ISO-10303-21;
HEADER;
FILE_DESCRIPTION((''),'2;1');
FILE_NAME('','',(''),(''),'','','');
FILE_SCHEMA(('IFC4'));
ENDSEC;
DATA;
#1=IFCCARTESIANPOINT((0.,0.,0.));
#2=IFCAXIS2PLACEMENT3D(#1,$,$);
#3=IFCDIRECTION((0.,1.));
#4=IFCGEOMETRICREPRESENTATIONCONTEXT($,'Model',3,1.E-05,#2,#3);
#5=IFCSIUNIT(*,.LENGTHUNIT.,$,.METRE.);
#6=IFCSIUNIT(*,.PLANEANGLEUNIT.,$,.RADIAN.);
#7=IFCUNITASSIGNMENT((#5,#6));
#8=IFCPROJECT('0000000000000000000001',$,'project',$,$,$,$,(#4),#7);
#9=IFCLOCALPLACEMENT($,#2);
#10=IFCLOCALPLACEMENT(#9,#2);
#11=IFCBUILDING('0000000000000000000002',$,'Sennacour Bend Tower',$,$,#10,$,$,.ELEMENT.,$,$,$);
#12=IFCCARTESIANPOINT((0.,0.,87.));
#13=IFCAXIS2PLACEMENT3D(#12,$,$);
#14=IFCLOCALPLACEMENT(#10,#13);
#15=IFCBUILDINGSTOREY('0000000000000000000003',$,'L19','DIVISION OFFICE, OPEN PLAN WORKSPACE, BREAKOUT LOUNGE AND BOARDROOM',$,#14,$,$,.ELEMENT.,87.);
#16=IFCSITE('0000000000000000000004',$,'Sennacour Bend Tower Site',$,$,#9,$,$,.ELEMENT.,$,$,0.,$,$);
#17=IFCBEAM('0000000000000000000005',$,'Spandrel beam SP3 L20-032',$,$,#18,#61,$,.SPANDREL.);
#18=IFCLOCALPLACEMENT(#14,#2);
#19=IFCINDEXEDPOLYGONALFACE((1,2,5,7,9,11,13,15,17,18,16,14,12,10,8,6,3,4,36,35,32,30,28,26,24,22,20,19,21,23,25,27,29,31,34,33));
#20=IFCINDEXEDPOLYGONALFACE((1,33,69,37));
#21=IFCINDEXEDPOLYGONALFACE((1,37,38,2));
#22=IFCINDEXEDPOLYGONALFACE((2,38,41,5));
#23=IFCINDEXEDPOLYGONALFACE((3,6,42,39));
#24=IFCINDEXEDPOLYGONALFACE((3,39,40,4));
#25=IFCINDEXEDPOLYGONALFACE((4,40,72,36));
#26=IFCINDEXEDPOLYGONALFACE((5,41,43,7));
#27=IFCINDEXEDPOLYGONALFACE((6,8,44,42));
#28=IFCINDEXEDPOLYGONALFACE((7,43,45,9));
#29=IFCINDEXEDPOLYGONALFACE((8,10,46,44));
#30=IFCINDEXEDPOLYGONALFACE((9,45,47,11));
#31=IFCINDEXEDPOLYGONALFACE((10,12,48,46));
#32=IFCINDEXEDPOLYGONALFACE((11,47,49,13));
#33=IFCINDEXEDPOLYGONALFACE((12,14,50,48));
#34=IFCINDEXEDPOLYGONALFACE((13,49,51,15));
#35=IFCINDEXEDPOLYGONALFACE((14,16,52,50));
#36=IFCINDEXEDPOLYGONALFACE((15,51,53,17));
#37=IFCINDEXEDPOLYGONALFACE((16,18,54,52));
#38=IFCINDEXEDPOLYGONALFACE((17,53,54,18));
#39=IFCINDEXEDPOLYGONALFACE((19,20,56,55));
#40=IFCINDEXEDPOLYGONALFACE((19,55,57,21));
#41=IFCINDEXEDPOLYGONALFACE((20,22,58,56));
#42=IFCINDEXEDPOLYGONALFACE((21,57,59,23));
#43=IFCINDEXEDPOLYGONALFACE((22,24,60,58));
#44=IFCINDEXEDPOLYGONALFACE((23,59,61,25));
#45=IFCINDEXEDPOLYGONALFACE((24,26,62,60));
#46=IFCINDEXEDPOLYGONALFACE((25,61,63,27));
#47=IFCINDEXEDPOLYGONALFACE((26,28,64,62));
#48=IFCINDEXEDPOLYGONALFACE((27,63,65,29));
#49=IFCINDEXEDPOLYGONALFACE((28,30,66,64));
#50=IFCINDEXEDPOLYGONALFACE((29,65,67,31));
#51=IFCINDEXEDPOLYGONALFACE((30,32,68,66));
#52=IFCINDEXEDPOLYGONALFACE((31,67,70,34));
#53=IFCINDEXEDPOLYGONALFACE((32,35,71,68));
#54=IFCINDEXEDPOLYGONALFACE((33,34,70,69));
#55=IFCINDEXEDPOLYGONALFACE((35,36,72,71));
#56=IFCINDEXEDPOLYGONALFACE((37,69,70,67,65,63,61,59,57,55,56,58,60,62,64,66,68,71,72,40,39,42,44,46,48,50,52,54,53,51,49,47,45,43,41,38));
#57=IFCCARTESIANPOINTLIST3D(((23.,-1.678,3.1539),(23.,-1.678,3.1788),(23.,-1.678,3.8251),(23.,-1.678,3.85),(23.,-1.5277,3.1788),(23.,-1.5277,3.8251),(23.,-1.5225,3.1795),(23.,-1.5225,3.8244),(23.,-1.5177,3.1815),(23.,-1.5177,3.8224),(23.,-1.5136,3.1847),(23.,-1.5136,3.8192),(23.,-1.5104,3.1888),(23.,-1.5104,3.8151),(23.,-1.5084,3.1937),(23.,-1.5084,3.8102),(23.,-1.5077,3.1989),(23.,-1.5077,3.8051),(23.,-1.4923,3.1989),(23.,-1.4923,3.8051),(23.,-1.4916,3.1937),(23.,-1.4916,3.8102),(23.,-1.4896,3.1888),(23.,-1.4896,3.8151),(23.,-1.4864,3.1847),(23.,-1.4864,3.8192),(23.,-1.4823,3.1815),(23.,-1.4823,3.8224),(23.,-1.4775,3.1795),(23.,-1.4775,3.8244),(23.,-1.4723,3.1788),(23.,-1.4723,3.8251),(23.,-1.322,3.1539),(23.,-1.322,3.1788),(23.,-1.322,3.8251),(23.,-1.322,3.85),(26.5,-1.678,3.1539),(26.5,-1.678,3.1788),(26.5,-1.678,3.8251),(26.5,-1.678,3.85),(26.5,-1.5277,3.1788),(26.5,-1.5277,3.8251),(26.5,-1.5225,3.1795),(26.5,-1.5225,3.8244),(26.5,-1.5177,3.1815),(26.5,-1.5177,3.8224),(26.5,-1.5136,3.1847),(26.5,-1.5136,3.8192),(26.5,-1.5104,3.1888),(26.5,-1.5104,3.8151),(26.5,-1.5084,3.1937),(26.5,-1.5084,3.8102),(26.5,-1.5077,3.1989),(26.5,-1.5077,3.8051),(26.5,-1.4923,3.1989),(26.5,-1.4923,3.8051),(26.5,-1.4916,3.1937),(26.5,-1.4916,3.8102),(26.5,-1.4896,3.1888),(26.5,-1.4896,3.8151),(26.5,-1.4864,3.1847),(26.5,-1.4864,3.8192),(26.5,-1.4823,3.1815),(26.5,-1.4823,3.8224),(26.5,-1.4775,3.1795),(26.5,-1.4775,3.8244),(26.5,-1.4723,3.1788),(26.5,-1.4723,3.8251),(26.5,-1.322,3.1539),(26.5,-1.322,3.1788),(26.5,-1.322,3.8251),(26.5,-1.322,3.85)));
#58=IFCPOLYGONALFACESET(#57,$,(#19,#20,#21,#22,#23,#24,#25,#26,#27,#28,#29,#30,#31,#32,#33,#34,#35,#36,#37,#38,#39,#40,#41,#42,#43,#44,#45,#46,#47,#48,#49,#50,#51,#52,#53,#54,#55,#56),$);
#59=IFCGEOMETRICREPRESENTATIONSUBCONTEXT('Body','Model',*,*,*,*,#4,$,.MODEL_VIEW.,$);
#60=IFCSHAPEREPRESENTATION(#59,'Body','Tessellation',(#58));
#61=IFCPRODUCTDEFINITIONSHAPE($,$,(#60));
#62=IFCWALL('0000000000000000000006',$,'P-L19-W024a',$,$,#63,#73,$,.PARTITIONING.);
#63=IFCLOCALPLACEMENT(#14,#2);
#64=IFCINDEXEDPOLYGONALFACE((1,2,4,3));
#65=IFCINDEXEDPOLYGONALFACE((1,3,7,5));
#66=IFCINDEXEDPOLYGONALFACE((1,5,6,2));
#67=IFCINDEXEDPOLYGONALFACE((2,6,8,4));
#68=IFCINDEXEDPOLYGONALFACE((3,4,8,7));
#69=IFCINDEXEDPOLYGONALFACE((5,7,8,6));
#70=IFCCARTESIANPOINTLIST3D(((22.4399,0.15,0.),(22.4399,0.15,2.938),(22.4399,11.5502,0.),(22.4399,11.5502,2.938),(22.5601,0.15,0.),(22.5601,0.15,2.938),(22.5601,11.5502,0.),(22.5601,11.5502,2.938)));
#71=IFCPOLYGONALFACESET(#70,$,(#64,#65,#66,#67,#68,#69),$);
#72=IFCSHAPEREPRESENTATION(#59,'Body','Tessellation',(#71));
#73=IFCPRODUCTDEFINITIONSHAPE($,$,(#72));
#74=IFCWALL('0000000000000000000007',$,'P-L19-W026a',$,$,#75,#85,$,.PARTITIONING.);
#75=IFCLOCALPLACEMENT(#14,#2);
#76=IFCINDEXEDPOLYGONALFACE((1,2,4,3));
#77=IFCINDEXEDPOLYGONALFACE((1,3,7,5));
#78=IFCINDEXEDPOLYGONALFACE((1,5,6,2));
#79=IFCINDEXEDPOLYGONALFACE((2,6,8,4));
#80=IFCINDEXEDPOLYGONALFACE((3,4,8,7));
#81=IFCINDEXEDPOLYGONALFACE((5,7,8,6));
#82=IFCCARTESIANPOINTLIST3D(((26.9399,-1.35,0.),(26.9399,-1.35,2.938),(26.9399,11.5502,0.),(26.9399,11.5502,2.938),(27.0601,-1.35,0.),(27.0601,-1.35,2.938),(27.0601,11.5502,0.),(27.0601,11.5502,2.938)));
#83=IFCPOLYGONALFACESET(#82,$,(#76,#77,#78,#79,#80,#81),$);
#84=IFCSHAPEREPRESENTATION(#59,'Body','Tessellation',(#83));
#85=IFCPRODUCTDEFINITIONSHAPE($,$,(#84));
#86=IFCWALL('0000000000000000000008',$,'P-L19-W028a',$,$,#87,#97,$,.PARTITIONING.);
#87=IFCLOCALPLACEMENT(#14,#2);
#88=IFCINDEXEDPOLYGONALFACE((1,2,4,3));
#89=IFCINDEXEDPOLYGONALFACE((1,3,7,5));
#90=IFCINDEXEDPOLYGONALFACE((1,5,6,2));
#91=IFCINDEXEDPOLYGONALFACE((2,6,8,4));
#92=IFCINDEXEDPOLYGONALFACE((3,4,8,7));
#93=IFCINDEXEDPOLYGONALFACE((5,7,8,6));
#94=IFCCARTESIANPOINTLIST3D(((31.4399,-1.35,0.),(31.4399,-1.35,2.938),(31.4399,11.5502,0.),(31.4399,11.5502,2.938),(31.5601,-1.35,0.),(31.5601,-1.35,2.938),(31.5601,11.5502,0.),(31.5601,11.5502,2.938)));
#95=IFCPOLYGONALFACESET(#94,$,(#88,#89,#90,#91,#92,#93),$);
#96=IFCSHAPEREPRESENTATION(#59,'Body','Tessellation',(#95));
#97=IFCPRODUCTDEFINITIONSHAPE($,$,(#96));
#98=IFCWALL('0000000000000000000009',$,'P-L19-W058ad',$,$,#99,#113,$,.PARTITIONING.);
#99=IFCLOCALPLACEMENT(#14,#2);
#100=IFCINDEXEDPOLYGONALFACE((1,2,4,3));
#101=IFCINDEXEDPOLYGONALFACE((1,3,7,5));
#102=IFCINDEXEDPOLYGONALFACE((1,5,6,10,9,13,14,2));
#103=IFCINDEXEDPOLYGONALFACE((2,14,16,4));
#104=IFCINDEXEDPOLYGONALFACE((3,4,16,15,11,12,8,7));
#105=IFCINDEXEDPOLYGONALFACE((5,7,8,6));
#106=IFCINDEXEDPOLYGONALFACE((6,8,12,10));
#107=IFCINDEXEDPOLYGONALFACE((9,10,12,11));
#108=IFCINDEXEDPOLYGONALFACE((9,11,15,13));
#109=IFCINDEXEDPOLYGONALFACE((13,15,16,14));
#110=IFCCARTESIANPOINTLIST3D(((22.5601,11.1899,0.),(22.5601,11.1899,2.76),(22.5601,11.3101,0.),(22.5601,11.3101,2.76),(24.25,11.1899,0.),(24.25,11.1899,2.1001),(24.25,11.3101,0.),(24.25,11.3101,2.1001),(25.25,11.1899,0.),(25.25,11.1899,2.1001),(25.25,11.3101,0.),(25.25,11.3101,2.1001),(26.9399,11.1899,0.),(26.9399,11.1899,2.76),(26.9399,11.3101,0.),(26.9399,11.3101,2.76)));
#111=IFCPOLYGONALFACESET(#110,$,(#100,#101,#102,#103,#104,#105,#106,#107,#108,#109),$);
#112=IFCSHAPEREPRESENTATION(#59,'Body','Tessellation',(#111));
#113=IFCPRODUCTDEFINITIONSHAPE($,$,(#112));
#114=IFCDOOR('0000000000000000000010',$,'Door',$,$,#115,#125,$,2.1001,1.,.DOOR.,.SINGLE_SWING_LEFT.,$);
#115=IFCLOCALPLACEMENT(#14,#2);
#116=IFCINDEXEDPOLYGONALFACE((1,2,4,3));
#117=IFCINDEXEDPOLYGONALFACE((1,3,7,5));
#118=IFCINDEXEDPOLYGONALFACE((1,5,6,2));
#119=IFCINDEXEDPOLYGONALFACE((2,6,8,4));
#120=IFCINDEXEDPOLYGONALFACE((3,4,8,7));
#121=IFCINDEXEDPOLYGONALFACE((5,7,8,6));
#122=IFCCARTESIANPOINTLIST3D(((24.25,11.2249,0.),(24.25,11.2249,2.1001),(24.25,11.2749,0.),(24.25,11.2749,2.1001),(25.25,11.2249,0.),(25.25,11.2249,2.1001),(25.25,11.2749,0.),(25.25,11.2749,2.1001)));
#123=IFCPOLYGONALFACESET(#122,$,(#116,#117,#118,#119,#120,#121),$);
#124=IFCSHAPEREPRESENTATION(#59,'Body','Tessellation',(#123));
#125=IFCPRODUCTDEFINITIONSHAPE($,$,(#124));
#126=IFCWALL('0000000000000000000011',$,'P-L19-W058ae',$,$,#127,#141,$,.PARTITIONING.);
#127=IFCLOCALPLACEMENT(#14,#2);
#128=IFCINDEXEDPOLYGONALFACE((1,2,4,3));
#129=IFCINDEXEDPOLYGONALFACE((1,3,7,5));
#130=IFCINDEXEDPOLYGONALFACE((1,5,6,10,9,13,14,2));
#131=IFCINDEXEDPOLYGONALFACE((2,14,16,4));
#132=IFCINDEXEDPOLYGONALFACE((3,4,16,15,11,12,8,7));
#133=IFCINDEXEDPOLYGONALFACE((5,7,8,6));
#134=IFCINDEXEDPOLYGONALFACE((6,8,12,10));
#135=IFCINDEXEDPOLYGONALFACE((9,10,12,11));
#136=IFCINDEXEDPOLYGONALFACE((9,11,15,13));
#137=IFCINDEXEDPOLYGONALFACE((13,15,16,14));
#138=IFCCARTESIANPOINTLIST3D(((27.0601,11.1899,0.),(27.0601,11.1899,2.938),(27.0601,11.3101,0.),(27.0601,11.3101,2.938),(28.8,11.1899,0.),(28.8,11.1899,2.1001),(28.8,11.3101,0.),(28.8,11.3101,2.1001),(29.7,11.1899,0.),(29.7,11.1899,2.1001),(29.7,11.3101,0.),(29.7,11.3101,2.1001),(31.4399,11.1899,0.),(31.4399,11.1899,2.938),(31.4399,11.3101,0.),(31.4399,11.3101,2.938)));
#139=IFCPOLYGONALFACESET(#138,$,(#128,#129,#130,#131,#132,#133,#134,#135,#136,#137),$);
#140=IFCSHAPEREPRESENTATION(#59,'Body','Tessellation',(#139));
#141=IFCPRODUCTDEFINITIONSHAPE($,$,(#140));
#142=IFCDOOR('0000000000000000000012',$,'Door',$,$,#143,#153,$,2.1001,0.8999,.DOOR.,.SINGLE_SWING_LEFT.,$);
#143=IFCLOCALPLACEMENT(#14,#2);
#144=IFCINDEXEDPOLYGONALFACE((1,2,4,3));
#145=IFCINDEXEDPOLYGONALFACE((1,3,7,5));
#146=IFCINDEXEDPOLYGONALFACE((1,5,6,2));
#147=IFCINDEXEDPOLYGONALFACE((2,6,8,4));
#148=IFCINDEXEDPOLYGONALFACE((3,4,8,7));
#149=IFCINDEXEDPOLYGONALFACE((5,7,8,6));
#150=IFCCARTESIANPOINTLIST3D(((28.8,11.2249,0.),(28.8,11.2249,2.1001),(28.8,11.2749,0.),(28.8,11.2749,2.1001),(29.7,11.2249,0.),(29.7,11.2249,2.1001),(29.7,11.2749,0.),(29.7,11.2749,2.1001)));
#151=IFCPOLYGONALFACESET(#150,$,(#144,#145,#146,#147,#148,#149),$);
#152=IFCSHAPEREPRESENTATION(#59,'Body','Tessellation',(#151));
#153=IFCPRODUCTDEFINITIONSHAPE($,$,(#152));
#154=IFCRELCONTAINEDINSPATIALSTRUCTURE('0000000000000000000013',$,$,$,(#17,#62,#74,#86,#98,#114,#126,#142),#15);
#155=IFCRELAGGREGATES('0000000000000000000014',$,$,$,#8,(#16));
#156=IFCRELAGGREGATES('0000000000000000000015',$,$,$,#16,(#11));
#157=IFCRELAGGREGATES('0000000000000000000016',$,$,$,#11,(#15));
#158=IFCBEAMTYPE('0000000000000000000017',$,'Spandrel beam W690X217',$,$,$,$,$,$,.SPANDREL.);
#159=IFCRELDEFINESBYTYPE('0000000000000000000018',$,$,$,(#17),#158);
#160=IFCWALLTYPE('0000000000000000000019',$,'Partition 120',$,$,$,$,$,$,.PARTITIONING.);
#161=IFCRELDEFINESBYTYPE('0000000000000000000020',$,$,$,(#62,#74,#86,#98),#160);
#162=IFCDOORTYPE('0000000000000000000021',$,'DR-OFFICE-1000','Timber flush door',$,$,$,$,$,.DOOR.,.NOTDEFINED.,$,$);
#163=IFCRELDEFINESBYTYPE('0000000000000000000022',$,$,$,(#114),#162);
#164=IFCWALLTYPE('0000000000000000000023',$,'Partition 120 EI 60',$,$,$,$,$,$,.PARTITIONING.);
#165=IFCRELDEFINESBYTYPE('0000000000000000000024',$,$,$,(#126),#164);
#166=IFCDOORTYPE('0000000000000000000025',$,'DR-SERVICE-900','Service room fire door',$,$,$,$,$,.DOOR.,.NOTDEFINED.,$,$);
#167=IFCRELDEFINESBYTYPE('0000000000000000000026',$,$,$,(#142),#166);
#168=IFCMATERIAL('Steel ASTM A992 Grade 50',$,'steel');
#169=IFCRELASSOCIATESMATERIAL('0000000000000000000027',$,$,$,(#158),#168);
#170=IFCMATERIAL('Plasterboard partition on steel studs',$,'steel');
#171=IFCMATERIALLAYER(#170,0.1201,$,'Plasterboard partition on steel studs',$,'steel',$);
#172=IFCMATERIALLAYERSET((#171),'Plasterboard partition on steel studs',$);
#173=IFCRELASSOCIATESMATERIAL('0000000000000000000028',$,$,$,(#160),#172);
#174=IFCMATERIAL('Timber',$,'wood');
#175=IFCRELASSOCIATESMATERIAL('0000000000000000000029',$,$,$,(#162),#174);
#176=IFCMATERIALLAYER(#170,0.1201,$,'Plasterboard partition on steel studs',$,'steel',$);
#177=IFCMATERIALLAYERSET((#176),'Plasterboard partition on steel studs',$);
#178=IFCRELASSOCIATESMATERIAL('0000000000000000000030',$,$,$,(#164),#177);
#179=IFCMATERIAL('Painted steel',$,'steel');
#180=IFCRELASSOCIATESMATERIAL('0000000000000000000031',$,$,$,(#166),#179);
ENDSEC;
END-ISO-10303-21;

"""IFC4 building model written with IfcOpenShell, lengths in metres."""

from ifc_helpers import new_model, si_unit, direction, frame, frame_2d, origin, origin_2d, place, context, subcontext, project, spatial, rectangle, i_section, extrude, material, layer, layer_set, material_profile, profile_set, type_object, element, fill, save


model = new_model("IFC4")

# Units and contexts
model_context = context("Model", 3, precision=1e-05, world=origin(), true_north=direction((0.0, 1.0)))
body_context = subcontext(model_context, "Body", "Model", "MODEL_VIEW")
ifc_project = project(units=[si_unit("LENGTHUNIT", "METRE"), si_unit("PLANEANGLEUNIT", "RADIAN")], contexts=[model_context])

# Site, building, storey
site_placement = place(None, origin())
site = spatial("IfcSite", under=ifc_project, at=site_placement, Name="Sennacour Bend Tower Site", CompositionType="ELEMENT", RefElevation=0.0)
building_placement = place(site_placement, origin())
building = spatial("IfcBuilding", under=site, at=building_placement, Name="Sennacour Bend Tower", CompositionType="ELEMENT")
storey_placement = place(building_placement, frame((0.0, 0.0, 87.0)))
storey = spatial("IfcBuildingStorey", under=building, at=storey_placement, Name="L19", Description="DIVISION OFFICE, OPEN PLAN WORKSPACE, BREAKOUT LOUNGE AND BOARDROOM", CompositionType="ELEMENT", Elevation=87.0)

# Beam
ifc_material_1 = material(Name="Steel ASTM A992 Grade 50", Category="steel")
ifc_material_profile_1 = material_profile(ifc_material_1, i_section(OverallWidth=0.356, OverallDepth=0.696, WebThickness=0.0154, FlangeThickness=0.0249, FilletRadius=0.02, at=origin_2d()), Name="Steel ASTM A992 Grade 50", Category="steel")
ifc_profile_set_1 = profile_set([ifc_material_profile_1], Name="Steel ASTM A992 Grade 50")
beam_type_1 = type_object("IfcBeamType", Name="Spandrel beam W690X217", PredefinedType="SPANDREL", material=ifc_profile_set_1)
for number, where, z_axis, x_axis, name in (
    (1, (26.5, -1.5, 3.502), (-1.0, 0.0, 0.0), (0.0, -1.0, 0.0), "Spandrel beam SP3 L20-032"),
):
    element("IfcBeam", number, at=place(storey_placement, frame(where, z_axis=z_axis, x_axis=x_axis)), inside=storey, type_object=beam_type_1, Name=name, PredefinedType="SPANDREL", context=body_context, shape_type="SweptSolid", body=[
        extrude(i_section(OverallWidth=0.356, OverallDepth=0.696, WebThickness=0.0154, FlangeThickness=0.0249, FilletRadius=0.02, at=origin_2d()), origin(), (0.0, 0.0, 1.0), 3.5),
    ])

# Walls
ifc_material_2 = material(Name="Plasterboard partition on steel studs", Category="steel")
ifc_layer_1 = layer(ifc_material_2, 0.1201, Name="Plasterboard partition on steel studs", Category="steel")
ifc_layer_set_1 = layer_set([ifc_layer_1], Name="Plasterboard partition on steel studs")
wall_type_1 = type_object("IfcWallType", Name="Partition 120", PredefinedType="PARTITIONING", material=ifc_layer_set_1)
wall_1_placement = place(storey_placement, frame((22.5, 0.1499, 0.0), z_axis=(0.0, 0.0, 1.0), x_axis=(0.0, 1.0, 0.0)))
element("IfcWall", 2, at=wall_1_placement, inside=storey, type_object=wall_type_1, Name="P-L19-W024a", PredefinedType="PARTITIONING", context=body_context, shape_type="SweptSolid", body=[
    extrude(rectangle(XDim=11.4001, YDim=0.1201, at=frame_2d((5.7002, 0.0))), origin(), (0.0, 0.0, 1.0), 2.938),
])
for number, where, z_axis, x_axis, name in (
    (3, (27.0, -1.3501, 0.0), (0.0, 0.0, 1.0), (0.0, 1.0, 0.0), "P-L19-W026a"),
    (4, (31.5, -1.3501, 0.0), (0.0, 0.0, 1.0), (0.0, 1.0, 0.0), "P-L19-W028a"),
):
    element("IfcWall", number, at=place(storey_placement, frame(where, z_axis=z_axis, x_axis=x_axis)), inside=storey, type_object=wall_type_1, Name=name, PredefinedType="PARTITIONING", context=body_context, shape_type="SweptSolid", body=[
        extrude(rectangle(XDim=12.9001, YDim=0.1201, at=frame_2d((6.4502, 0.0))), origin(), (0.0, 0.0, 1.0), 2.938),
    ])

# Walls, openings, doors
wall_2_placement = place(storey_placement, frame((22.5601, 11.25, 0.0), z_axis=(0.0, 0.0, 1.0), x_axis=(1.0, 0.0, 0.0)))
wall_2 = element("IfcWall", 5, at=wall_2_placement, inside=storey, type_object=wall_type_1, Name="P-L19-W058ad", PredefinedType="PARTITIONING", context=body_context, shape_type="SweptSolid", body=[
    extrude(rectangle(XDim=4.3799, YDim=0.1201, at=frame_2d((2.1899, 0.0))), origin(), (0.0, 0.0, 1.0), 2.76),
])
opening_1_placement = place(wall_2_placement, frame((1.6899, 0.0, 0.0)))
opening_1 = element("IfcOpeningElement", 6, at=opening_1_placement, cuts=wall_2, PredefinedType="OPENING", context=body_context, shape_type="SweptSolid", body=[
    extrude(rectangle(XDim=1.0, YDim=2.1001, at=frame_2d((0.5, 1.05))), frame((0.0, 0.0701, 0.0), z_axis=(0.0, -1.0, 0.0), x_axis=(1.0, 0.0, 0.0)), (0.0, 0.0, 1.0), 0.1401),
])
ifc_material_3 = material(Name="Timber", Category="wood")
door_type_1 = type_object("IfcDoorType", Name="DR-OFFICE-1000", Description="Timber flush door", OperationType="NOTDEFINED", PredefinedType="DOOR", material=ifc_material_3)
door_1_placement = place(opening_1_placement, origin())
door_1 = element("IfcDoor", 7, at=door_1_placement, inside=storey, type_object=door_type_1, Name="Door", OperationType="SINGLE_SWING_LEFT", OverallHeight=2.1001, OverallWidth=1.0, PredefinedType="DOOR", context=body_context, shape_type="SweptSolid", body=[
    extrude(rectangle(XDim=1.0, YDim=2.1001, at=frame_2d((0.5, 1.05))), frame((0.0, 0.0249, 0.0), z_axis=(0.0, -1.0, 0.0), x_axis=(1.0, 0.0, 0.0)), (0.0, 0.0, 1.0), 0.05),
])
fill(opening_1, door_1)
ifc_layer_2 = layer(ifc_material_2, 0.1201, Name="Plasterboard partition on steel studs", Category="steel")
ifc_layer_set_2 = layer_set([ifc_layer_2], Name="Plasterboard partition on steel studs")
wall_type_2 = type_object("IfcWallType", Name="Partition 120 EI 60", PredefinedType="PARTITIONING", material=ifc_layer_set_2)
wall_3_placement = place(storey_placement, frame((27.0601, 11.25, 0.0), z_axis=(0.0, 0.0, 1.0), x_axis=(1.0, 0.0, 0.0)))
wall_3 = element("IfcWall", 8, at=wall_3_placement, inside=storey, type_object=wall_type_2, Name="P-L19-W058ae", PredefinedType="PARTITIONING", context=body_context, shape_type="SweptSolid", body=[
    extrude(rectangle(XDim=4.3799, YDim=0.1201, at=frame_2d((2.1899, 0.0))), origin(), (0.0, 0.0, 1.0), 2.938),
])
opening_2_placement = place(wall_3_placement, frame((1.74, 0.0, 0.0)))
opening_2 = element("IfcOpeningElement", 9, at=opening_2_placement, cuts=wall_3, PredefinedType="OPENING", context=body_context, shape_type="SweptSolid", body=[
    extrude(rectangle(XDim=0.8999, YDim=2.1001, at=frame_2d((0.45, 1.05))), frame((0.0, 0.0701, 0.0), z_axis=(0.0, -1.0, 0.0), x_axis=(1.0, 0.0, 0.0)), (0.0, 0.0, 1.0), 0.1401),
])
ifc_material_4 = material(Name="Painted steel", Category="steel")
door_type_2 = type_object("IfcDoorType", Name="DR-SERVICE-900", Description="Service room fire door", OperationType="NOTDEFINED", PredefinedType="DOOR", material=ifc_material_4)
door_2_placement = place(opening_2_placement, origin())
door_2 = element("IfcDoor", 10, at=door_2_placement, inside=storey, type_object=door_type_2, Name="Door", OperationType="SINGLE_SWING_LEFT", OverallHeight=2.1001, OverallWidth=0.8999, PredefinedType="DOOR", context=body_context, shape_type="SweptSolid", body=[
    extrude(rectangle(XDim=0.8999, YDim=2.1001, at=frame_2d((0.45, 1.05))), frame((0.0, 0.0249, 0.0), z_axis=(0.0, -1.0, 0.0), x_axis=(1.0, 0.0, 0.0)), (0.0, 0.0, 1.0), 0.05),
])
fill(opening_2, door_2)

save(model, "model.ifc")
